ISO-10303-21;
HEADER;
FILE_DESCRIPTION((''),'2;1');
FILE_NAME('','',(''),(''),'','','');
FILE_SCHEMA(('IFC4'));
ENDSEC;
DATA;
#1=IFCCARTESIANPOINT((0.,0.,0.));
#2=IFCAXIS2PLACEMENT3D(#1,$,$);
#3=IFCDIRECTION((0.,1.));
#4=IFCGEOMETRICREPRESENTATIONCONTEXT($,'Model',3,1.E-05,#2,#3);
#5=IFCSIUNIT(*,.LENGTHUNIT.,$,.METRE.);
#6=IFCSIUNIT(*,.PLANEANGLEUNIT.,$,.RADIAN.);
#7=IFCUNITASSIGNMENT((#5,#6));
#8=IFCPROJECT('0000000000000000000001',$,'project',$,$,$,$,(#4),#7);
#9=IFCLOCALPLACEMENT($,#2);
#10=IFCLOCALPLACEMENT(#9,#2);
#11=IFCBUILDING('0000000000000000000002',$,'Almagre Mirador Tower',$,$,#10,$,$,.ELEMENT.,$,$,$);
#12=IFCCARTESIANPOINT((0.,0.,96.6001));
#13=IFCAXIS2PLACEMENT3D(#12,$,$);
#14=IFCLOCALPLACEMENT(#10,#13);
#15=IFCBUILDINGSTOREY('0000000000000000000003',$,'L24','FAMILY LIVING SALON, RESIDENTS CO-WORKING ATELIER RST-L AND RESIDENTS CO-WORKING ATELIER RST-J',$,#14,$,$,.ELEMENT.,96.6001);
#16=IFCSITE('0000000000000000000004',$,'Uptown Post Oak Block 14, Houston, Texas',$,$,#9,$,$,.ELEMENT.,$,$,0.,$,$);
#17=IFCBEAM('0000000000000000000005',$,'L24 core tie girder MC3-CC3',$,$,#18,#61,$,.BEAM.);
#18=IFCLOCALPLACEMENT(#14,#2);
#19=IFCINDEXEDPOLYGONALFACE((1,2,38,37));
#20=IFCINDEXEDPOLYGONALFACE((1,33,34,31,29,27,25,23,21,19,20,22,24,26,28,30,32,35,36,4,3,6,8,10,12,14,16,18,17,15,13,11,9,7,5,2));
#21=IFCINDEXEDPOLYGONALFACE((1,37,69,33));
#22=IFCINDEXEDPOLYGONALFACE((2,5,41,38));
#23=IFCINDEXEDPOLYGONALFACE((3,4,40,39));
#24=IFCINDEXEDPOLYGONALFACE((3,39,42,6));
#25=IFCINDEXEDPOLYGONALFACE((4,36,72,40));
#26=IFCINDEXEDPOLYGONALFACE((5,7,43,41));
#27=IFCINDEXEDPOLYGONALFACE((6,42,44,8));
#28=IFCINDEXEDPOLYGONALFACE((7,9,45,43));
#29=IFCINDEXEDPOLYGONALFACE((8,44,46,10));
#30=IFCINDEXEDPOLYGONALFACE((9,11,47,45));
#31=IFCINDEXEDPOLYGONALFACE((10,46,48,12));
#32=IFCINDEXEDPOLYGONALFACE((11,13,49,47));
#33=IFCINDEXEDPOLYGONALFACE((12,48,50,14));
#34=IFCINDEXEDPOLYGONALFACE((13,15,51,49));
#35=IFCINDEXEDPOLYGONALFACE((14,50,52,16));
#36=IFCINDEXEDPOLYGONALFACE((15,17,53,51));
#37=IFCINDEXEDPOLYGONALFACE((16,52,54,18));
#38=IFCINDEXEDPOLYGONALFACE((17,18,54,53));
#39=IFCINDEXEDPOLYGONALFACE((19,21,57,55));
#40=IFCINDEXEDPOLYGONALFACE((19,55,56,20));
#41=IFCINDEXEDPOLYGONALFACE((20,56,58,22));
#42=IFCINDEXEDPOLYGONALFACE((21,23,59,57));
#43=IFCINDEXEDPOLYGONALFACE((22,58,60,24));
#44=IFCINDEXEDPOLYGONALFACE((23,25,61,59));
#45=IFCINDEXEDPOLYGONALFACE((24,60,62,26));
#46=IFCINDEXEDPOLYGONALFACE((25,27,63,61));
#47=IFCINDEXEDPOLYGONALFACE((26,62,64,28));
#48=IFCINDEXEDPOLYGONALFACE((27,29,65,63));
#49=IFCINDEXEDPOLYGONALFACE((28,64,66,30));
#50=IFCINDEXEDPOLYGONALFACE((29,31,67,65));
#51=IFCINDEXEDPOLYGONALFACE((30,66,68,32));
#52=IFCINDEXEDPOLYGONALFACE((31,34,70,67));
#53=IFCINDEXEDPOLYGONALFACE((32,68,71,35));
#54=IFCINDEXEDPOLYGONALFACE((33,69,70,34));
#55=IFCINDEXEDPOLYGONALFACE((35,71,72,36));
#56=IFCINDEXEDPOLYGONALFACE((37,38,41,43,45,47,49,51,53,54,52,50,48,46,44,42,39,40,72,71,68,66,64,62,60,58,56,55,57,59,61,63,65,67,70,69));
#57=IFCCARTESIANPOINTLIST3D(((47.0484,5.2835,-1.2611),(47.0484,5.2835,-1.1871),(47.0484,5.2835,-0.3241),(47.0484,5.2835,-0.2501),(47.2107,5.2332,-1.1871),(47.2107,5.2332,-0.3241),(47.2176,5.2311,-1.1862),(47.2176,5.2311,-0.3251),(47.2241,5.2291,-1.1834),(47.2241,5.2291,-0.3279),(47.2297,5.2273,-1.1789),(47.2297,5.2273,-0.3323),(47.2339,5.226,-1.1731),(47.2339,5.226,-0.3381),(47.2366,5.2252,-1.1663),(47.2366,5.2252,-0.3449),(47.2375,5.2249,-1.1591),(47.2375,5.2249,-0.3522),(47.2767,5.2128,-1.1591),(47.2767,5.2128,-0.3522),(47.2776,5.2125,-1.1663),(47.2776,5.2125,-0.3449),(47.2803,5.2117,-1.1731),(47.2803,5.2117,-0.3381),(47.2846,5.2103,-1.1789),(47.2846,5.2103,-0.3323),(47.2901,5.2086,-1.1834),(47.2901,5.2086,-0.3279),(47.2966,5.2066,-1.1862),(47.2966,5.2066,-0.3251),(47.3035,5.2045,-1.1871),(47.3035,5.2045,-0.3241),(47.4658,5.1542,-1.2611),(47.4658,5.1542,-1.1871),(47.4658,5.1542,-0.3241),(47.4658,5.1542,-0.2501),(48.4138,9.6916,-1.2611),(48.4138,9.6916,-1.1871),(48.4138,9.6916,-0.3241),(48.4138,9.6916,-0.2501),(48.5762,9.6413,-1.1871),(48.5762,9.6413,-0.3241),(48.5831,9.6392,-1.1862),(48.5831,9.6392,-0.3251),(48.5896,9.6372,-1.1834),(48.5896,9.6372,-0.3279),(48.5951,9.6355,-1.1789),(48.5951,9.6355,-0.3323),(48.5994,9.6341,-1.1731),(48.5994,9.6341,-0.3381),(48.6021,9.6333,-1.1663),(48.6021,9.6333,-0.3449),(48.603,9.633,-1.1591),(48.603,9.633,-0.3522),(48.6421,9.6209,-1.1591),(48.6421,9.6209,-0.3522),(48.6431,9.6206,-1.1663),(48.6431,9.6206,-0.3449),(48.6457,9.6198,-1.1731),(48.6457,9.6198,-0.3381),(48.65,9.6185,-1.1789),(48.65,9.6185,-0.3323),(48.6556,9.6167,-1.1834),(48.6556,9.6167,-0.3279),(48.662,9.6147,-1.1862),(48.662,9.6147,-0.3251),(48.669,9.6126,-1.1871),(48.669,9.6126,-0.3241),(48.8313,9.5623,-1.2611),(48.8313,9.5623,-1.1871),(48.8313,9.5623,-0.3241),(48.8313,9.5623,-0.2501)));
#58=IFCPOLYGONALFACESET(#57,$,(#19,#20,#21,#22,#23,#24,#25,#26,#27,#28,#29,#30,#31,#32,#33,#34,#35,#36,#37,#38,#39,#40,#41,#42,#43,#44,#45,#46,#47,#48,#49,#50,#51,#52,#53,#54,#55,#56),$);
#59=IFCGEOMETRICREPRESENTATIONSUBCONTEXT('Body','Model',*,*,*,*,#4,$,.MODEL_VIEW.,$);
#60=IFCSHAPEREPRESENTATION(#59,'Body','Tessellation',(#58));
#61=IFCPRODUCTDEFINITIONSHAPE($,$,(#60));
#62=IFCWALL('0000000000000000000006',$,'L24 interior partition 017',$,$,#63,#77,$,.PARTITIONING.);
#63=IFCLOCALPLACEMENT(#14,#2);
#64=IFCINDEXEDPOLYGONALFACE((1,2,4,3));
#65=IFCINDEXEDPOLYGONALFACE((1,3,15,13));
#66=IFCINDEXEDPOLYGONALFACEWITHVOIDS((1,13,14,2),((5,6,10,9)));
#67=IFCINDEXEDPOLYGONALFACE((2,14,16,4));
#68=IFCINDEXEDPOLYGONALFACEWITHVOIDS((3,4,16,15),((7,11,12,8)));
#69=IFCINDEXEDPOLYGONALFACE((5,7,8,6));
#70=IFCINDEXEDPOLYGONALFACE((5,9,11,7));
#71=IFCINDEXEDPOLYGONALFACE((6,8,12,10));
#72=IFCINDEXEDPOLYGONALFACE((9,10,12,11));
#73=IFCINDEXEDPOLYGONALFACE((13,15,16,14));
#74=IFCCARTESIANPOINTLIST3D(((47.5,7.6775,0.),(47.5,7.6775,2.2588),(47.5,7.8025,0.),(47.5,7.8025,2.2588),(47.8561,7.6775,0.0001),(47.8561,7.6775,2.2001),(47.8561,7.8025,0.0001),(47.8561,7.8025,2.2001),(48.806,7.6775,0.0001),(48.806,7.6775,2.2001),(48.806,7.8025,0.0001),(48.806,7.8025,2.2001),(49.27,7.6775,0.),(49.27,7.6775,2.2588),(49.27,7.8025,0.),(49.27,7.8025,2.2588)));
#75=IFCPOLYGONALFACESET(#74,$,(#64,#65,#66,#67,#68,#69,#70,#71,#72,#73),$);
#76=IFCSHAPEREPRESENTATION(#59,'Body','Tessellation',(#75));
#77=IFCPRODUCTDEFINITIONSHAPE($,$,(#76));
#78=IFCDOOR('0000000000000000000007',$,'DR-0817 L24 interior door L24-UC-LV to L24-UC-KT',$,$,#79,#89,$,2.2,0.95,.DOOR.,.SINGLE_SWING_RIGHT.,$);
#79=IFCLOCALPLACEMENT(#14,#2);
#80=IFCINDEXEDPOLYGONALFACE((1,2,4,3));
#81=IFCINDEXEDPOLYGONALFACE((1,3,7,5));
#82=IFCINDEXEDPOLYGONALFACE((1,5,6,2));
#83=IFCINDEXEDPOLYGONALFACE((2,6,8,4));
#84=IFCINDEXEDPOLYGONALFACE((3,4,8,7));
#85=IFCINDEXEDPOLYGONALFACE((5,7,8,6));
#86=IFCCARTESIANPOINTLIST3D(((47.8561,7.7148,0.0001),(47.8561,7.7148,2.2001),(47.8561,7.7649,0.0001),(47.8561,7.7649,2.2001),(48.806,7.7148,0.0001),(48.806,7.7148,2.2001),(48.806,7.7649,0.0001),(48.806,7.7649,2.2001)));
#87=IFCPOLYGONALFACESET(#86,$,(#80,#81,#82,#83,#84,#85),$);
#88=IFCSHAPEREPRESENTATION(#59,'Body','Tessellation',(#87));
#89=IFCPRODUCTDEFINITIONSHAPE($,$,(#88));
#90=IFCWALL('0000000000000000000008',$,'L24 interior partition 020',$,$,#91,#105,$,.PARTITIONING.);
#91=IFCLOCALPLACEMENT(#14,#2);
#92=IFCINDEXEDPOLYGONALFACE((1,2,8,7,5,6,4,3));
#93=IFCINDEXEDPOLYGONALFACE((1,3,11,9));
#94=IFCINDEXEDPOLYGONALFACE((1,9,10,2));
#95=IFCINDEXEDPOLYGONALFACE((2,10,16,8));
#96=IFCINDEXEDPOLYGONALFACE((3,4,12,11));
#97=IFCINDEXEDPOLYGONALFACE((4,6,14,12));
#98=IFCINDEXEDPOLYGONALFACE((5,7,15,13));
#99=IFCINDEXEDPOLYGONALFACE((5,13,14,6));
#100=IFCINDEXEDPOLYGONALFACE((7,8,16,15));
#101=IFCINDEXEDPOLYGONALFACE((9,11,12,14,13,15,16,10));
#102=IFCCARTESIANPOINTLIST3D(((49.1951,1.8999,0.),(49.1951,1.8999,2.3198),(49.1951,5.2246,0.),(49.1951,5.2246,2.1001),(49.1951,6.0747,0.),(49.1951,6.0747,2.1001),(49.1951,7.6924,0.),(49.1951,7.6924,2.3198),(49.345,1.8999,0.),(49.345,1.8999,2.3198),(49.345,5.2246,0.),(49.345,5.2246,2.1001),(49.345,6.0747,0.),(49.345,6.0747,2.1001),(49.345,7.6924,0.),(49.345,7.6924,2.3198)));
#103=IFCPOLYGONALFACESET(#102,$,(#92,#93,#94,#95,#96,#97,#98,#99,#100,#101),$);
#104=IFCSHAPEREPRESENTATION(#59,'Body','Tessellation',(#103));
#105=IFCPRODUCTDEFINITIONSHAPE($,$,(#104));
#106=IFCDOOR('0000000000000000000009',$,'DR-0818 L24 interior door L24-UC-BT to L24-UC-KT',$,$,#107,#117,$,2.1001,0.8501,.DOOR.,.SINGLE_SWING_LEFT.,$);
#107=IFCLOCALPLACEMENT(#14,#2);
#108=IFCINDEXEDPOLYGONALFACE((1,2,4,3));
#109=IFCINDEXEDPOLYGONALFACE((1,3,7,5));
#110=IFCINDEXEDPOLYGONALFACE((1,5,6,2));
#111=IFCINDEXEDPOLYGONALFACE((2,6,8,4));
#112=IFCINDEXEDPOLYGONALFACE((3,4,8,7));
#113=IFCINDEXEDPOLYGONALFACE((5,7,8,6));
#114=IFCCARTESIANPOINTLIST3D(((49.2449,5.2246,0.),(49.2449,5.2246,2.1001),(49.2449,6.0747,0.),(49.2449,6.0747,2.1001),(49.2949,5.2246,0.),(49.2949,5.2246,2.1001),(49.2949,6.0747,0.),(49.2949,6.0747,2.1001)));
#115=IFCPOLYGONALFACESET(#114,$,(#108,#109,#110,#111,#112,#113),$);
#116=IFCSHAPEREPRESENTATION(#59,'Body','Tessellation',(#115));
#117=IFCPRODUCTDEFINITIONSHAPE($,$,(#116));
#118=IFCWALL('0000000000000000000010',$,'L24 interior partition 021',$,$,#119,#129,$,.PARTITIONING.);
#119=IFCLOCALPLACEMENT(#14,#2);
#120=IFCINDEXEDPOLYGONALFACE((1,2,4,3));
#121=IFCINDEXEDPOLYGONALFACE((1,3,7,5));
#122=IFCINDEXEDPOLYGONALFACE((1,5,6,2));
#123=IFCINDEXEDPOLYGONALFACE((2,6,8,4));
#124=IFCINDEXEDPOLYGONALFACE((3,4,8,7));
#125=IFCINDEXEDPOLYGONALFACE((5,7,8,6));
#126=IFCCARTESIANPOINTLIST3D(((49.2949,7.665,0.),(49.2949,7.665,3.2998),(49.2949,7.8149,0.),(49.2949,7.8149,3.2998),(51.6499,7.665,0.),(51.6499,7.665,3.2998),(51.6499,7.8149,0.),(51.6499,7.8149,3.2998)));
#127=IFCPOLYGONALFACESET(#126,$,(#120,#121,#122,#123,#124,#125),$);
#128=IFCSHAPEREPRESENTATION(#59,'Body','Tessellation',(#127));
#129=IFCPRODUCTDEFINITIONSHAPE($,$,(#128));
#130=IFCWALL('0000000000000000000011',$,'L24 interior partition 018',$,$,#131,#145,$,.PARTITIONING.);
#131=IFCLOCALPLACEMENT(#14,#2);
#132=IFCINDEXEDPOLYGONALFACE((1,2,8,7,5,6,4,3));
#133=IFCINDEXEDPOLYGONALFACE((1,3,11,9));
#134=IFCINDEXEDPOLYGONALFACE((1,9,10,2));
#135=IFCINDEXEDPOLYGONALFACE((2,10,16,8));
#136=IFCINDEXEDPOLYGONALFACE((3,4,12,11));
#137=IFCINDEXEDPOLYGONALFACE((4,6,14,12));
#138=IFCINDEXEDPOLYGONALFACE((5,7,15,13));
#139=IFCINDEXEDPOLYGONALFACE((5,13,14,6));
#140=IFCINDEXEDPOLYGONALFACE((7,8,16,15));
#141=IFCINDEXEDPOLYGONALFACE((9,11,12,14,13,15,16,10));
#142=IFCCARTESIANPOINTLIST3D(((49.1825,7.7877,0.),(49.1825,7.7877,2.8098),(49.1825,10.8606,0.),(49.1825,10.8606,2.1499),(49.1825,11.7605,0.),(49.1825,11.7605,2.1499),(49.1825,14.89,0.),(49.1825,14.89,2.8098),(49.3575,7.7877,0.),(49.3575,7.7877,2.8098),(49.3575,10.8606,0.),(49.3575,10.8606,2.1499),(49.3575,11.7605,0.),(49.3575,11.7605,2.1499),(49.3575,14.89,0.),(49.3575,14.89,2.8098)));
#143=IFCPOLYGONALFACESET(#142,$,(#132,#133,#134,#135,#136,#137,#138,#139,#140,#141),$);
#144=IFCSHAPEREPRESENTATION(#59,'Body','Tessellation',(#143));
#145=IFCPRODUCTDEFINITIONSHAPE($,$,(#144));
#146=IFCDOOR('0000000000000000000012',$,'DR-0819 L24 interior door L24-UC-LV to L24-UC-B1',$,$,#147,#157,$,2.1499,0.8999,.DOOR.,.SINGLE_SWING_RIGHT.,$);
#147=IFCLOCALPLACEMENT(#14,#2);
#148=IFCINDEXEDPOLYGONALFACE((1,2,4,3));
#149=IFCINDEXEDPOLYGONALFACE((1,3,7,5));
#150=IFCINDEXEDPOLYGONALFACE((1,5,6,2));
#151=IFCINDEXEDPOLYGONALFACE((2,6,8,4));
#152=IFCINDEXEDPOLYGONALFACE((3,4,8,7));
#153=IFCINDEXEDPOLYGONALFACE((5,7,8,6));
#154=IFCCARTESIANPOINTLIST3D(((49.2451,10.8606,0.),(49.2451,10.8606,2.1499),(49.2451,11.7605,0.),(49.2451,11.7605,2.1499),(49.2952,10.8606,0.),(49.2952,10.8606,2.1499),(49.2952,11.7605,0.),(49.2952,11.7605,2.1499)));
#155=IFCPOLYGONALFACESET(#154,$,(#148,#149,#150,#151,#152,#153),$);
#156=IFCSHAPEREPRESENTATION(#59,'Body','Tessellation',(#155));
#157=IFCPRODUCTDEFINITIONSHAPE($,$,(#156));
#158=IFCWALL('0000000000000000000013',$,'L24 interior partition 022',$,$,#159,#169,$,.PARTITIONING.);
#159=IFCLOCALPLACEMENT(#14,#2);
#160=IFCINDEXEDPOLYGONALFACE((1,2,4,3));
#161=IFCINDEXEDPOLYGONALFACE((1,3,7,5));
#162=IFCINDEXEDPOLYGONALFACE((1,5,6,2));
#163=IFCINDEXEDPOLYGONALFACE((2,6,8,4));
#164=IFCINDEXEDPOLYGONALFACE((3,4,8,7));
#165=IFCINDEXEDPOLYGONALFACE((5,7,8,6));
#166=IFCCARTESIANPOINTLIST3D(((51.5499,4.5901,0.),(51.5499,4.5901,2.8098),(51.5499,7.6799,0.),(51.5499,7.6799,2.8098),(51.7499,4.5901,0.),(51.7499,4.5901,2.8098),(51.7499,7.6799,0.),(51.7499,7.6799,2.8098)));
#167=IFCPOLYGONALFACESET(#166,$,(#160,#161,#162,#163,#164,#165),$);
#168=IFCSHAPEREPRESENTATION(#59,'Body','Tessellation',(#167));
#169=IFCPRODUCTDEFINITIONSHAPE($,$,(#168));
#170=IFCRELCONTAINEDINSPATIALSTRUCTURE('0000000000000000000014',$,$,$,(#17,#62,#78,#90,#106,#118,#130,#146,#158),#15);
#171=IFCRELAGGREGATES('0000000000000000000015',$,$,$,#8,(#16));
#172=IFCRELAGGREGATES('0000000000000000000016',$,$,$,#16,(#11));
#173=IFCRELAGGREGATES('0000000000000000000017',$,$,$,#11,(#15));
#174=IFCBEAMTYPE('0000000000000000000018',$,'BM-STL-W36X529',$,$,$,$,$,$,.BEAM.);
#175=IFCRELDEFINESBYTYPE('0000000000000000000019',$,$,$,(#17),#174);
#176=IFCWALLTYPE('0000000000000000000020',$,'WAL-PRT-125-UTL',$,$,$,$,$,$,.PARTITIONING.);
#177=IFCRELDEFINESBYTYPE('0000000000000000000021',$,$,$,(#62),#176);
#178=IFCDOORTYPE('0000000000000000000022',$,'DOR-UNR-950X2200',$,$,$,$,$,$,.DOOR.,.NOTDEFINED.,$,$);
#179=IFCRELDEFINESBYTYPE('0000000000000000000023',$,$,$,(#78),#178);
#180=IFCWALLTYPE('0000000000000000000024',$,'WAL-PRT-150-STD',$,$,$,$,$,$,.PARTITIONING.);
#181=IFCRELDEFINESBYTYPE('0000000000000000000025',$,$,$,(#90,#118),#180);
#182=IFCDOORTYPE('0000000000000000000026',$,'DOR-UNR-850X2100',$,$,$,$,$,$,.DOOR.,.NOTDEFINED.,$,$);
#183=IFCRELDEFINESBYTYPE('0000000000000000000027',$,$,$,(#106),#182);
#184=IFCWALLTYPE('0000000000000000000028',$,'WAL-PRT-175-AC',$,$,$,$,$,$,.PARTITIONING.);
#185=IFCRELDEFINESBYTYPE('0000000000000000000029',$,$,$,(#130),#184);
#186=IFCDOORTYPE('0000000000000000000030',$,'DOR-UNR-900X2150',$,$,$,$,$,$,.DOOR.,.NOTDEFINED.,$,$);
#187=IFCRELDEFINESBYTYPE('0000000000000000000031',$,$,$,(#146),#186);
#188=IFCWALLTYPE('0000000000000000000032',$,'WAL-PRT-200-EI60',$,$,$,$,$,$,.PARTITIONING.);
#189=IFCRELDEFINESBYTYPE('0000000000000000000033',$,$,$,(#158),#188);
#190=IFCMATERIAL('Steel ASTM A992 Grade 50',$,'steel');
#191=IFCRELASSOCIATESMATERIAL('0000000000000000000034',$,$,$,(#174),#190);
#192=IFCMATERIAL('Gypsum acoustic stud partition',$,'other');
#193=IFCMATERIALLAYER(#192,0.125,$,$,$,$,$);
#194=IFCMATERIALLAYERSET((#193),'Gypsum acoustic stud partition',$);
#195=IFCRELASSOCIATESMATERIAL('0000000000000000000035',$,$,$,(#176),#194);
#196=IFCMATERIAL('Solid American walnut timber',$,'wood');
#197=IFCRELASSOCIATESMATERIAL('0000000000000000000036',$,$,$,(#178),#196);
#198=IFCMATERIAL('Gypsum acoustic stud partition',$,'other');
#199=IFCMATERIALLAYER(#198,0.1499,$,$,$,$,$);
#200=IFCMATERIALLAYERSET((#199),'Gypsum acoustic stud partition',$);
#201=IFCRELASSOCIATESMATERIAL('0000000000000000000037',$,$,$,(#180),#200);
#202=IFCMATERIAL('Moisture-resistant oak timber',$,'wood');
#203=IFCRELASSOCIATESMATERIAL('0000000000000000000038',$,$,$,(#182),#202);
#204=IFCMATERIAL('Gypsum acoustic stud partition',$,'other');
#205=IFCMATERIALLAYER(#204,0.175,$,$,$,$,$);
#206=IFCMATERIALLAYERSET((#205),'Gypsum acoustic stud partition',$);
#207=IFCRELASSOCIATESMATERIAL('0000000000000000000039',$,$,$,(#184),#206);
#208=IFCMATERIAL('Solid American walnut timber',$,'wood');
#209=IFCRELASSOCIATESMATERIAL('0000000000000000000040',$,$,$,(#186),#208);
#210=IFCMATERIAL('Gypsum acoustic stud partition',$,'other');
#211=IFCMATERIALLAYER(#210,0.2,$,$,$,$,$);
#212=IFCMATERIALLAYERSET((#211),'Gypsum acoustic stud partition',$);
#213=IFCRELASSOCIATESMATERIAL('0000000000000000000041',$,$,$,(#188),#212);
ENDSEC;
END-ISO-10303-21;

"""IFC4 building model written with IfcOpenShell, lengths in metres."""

from ifc_helpers import new_model, si_unit, direction, frame, frame_2d, origin, origin_2d, place, context, subcontext, project, spatial, rectangle, i_section, extrude, material, layer, layer_set, material_profile, profile_set, type_object, element, fill, save


model = new_model("IFC4")

# Units and contexts
model_context = context("Model", 3, precision=1e-05, world=origin(), true_north=direction((0.0, 1.0)))
body_context = subcontext(model_context, "Body", "Model", "MODEL_VIEW")
ifc_project = project(units=[si_unit("LENGTHUNIT", "METRE"), si_unit("PLANEANGLEUNIT", "RADIAN")], contexts=[model_context])

# Site, building, storey
site_placement = place(None, origin())
site = spatial("IfcSite", under=ifc_project, at=site_placement, Name="Uptown Post Oak Block 14, Houston, Texas", CompositionType="ELEMENT", RefElevation=0.0)
building_placement = place(site_placement, origin())
building = spatial("IfcBuilding", under=site, at=building_placement, Name="Almagre Mirador Tower", CompositionType="ELEMENT")
storey_placement = place(building_placement, frame((0.0, 0.0, 96.6001)))
storey = spatial("IfcBuildingStorey", under=building, at=storey_placement, Name="L24", Description="FAMILY LIVING SALON, RESIDENTS CO-WORKING ATELIER RST-L AND RESIDENTS CO-WORKING ATELIER RST-J", CompositionType="ELEMENT", Elevation=96.6001)

# Beam
ifc_material_1 = material(Name="Steel ASTM A992 Grade 50", Category="steel")
ifc_material_profile_1 = material_profile(ifc_material_1, i_section(OverallWidth=0.437, OverallDepth=1.011, WebThickness=0.041, FlangeThickness=0.074, FilletRadius=0.0281, at=origin_2d()), Name="W36X529")
ifc_profile_set_1 = profile_set([ifc_material_profile_1], Name="Steel ASTM A992 Grade 50")
beam_type_1 = type_object("IfcBeamType", Name="BM-STL-W36X529", PredefinedType="BEAM", material=ifc_profile_set_1)
beam_1_placement = place(storey_placement, frame((48.6226, 9.627, -0.7556), z_axis=(-0.295888, -0.955223, 0.0), x_axis=(0.955223, -0.295888, 0.0)))
element("IfcBeam", 1, at=beam_1_placement, inside=storey, type_object=beam_type_1, Name="L24 core tie girder MC3-CC3", PredefinedType="BEAM", context=body_context, shape_type="SweptSolid", body=[
    extrude(i_section(OverallWidth=0.437, OverallDepth=1.011, WebThickness=0.041, FlangeThickness=0.074, FilletRadius=0.0281, at=origin_2d()), origin(), (0.0, 0.0, 1.0), 4.6147),
])

# Walls, openings, doors
ifc_material_2 = material(Name="Gypsum acoustic stud partition", Category="other")
ifc_layer_1 = layer(ifc_material_2, 0.125)
ifc_layer_set_1 = layer_set([ifc_layer_1], Name="Gypsum acoustic stud partition")
wall_type_1 = type_object("IfcWallType", Name="WAL-PRT-125-UTL", PredefinedType="PARTITIONING", material=ifc_layer_set_1)
wall_1_placement = place(storey_placement, frame((47.5, 7.74, 0.0), z_axis=(0.0, 0.0, 1.0), x_axis=(1.0, 0.0, 0.0)))
wall_1 = element("IfcWall", 2, at=wall_1_placement, inside=storey, type_object=wall_type_1, Name="L24 interior partition 017", PredefinedType="PARTITIONING", context=body_context, shape_type="SweptSolid", body=[
    extrude(rectangle(XDim=1.77, YDim=0.125, at=frame_2d((0.885, 0.0))), origin(), (0.0, 0.0, 1.0), 2.2588),
])
opening_1_placement = place(wall_1_placement, frame((0.356, 0.0, 0.0)))
opening_1 = element("IfcOpeningElement", 3, at=opening_1_placement, cuts=wall_1, PredefinedType="OPENING", context=body_context, shape_type="SweptSolid", body=[
    extrude(rectangle(XDim=0.95, YDim=2.2, at=frame_2d((0.4751, 1.1001))), frame((0.0, 0.0725, 0.0), z_axis=(0.0, -1.0, 0.0), x_axis=(1.0, 0.0, 0.0)), (0.0, 0.0, 1.0), 0.145),
])
ifc_material_3 = material(Name="Solid American walnut timber", Category="wood")
door_type_1 = type_object("IfcDoorType", Name="DOR-UNR-950X2200", OperationType="NOTDEFINED", PredefinedType="DOOR", material=ifc_material_3)
door_1_placement = place(opening_1_placement, origin())
door_1 = element("IfcDoor", 4, at=door_1_placement, inside=storey, type_object=door_type_1, Name="DR-0817 L24 interior door L24-UC-LV to L24-UC-KT", OperationType="SINGLE_SWING_RIGHT", OverallHeight=2.2, OverallWidth=0.95, PredefinedType="DOOR", context=body_context, shape_type="SweptSolid", body=[
    extrude(rectangle(XDim=0.95, YDim=2.2, at=frame_2d((0.4751, 1.1001))), frame((0.0, 0.0249, 0.0), z_axis=(0.0, -1.0, 0.0), x_axis=(1.0, 0.0, 0.0)), (0.0, 0.0, 1.0), 0.05),
])
fill(opening_1, door_1)
ifc_material_4 = material(Name="Gypsum acoustic stud partition", Category="other")
ifc_layer_2 = layer(ifc_material_4, 0.1499)
ifc_layer_set_2 = layer_set([ifc_layer_2], Name="Gypsum acoustic stud partition")
wall_type_2 = type_object("IfcWallType", Name="WAL-PRT-150-STD", PredefinedType="PARTITIONING", material=ifc_layer_set_2)
wall_2_placement = place(storey_placement, frame((49.27, 7.6924, 0.0), z_axis=(0.0, 0.0, 1.0), x_axis=(0.0, -1.0, 0.0)))
wall_2 = element("IfcWall", 5, at=wall_2_placement, inside=storey, type_object=wall_type_2, Name="L24 interior partition 020", PredefinedType="PARTITIONING", context=body_context, shape_type="SweptSolid", body=[
    extrude(rectangle(XDim=5.7925, YDim=0.1499, at=frame_2d((2.8962, 0.0))), origin(), (0.0, 0.0, 1.0), 2.3198),
])
opening_2_placement = place(wall_2_placement, frame((1.6177, 0.0, 0.0)))
opening_2 = element("IfcOpeningElement", 6, at=opening_2_placement, cuts=wall_2, PredefinedType="OPENING", context=body_context, shape_type="SweptSolid", body=[
    extrude(rectangle(XDim=0.8501, YDim=2.1001, at=frame_2d((0.425, 1.05))), frame((0.0, 0.085, 0.0), z_axis=(0.0, -1.0, 0.0), x_axis=(1.0, 0.0, 0.0)), (0.0, 0.0, 1.0), 0.1699),
])
ifc_material_5 = material(Name="Moisture-resistant oak timber", Category="wood")
door_type_2 = type_object("IfcDoorType", Name="DOR-UNR-850X2100", OperationType="NOTDEFINED", PredefinedType="DOOR", material=ifc_material_5)
door_2_placement = place(opening_2_placement, origin())
door_2 = element("IfcDoor", 7, at=door_2_placement, inside=storey, type_object=door_type_2, Name="DR-0818 L24 interior door L24-UC-BT to L24-UC-KT", OperationType="SINGLE_SWING_LEFT", OverallHeight=2.1001, OverallWidth=0.8501, PredefinedType="DOOR", context=body_context, shape_type="SweptSolid", body=[
    extrude(rectangle(XDim=0.8501, YDim=2.1001, at=frame_2d((0.425, 1.05))), frame((0.0, 0.0249, 0.0), z_axis=(0.0, -1.0, 0.0), x_axis=(1.0, 0.0, 0.0)), (0.0, 0.0, 1.0), 0.05),
])
fill(opening_2, door_2)

# Wall
wall_3_placement = place(storey_placement, frame((51.6499, 7.74, 0.0), z_axis=(0.0, 0.0, 1.0), x_axis=(-1.0, 0.0, 0.0)))
element("IfcWall", 8, at=wall_3_placement, inside=storey, type_object=wall_type_2, Name="L24 interior partition 021", PredefinedType="PARTITIONING", context=body_context, shape_type="SweptSolid", body=[
    extrude(rectangle(XDim=2.355, YDim=0.1499, at=frame_2d((1.1775, 0.0))), origin(), (0.0, 0.0, 1.0), 3.2998),
])

# Wall, opening, door
ifc_material_6 = material(Name="Gypsum acoustic stud partition", Category="other")
ifc_layer_3 = layer(ifc_material_6, 0.175)
ifc_layer_set_3 = layer_set([ifc_layer_3], Name="Gypsum acoustic stud partition")
wall_type_3 = type_object("IfcWallType", Name="WAL-PRT-175-AC", PredefinedType="PARTITIONING", material=ifc_layer_set_3)
wall_4_placement = place(storey_placement, frame((49.27, 7.7876, 0.0), z_axis=(0.0, 0.0, 1.0), x_axis=(0.0, 1.0, 0.0)))
wall_4 = element("IfcWall", 9, at=wall_4_placement, inside=storey, type_object=wall_type_3, Name="L24 interior partition 018", PredefinedType="PARTITIONING", context=body_context, shape_type="SweptSolid", body=[
    extrude(rectangle(XDim=7.1023, YDim=0.175, at=frame_2d((3.5513, 0.0))), origin(), (0.0, 0.0, 1.0), 2.8098),
])
opening_3_placement = place(wall_4_placement, frame((3.073, 0.0, 0.0)))
opening_3 = element("IfcOpeningElement", 10, at=opening_3_placement, cuts=wall_4, PredefinedType="OPENING", context=body_context, shape_type="SweptSolid", body=[
    extrude(rectangle(XDim=0.8999, YDim=2.1499, at=frame_2d((0.45, 1.075))), frame((0.0, 0.0974, 0.0), z_axis=(0.0, -1.0, 0.0), x_axis=(1.0, 0.0, 0.0)), (0.0, 0.0, 1.0), 0.195),
])
ifc_material_7 = material(Name="Solid American walnut timber", Category="wood")
door_type_3 = type_object("IfcDoorType", Name="DOR-UNR-900X2150", OperationType="NOTDEFINED", PredefinedType="DOOR", material=ifc_material_7)
door_3_placement = place(opening_3_placement, origin())
door_3 = element("IfcDoor", 11, at=door_3_placement, inside=storey, type_object=door_type_3, Name="DR-0819 L24 interior door L24-UC-LV to L24-UC-B1", OperationType="SINGLE_SWING_RIGHT", OverallHeight=2.1499, OverallWidth=0.8999, PredefinedType="DOOR", context=body_context, shape_type="SweptSolid", body=[
    extrude(rectangle(XDim=0.8999, YDim=2.1499, at=frame_2d((0.45, 1.075))), frame((0.0, 0.0249, 0.0), z_axis=(0.0, -1.0, 0.0), x_axis=(1.0, 0.0, 0.0)), (0.0, 0.0, 1.0), 0.05),
])
fill(opening_3, door_3)

# Wall
ifc_material_8 = material(Name="Gypsum acoustic stud partition", Category="other")
ifc_layer_4 = layer(ifc_material_8, 0.2)
ifc_layer_set_4 = layer_set([ifc_layer_4], Name="Gypsum acoustic stud partition")
wall_type_4 = type_object("IfcWallType", Name="WAL-PRT-200-EI60", PredefinedType="PARTITIONING", material=ifc_layer_set_4)
wall_5_placement = place(storey_placement, frame((51.6499, 4.5901, 0.0), z_axis=(0.0, 0.0, 1.0), x_axis=(0.0, 1.0, 0.0)))
element("IfcWall", 12, at=wall_5_placement, inside=storey, type_object=wall_type_4, Name="L24 interior partition 022", PredefinedType="PARTITIONING", context=body_context, shape_type="SweptSolid", body=[
    extrude(rectangle(XDim=3.0898, YDim=0.2, at=frame_2d((1.5449, 0.0))), origin(), (0.0, 0.0, 1.0), 2.8098),
])

save(model, "model.ifc")
